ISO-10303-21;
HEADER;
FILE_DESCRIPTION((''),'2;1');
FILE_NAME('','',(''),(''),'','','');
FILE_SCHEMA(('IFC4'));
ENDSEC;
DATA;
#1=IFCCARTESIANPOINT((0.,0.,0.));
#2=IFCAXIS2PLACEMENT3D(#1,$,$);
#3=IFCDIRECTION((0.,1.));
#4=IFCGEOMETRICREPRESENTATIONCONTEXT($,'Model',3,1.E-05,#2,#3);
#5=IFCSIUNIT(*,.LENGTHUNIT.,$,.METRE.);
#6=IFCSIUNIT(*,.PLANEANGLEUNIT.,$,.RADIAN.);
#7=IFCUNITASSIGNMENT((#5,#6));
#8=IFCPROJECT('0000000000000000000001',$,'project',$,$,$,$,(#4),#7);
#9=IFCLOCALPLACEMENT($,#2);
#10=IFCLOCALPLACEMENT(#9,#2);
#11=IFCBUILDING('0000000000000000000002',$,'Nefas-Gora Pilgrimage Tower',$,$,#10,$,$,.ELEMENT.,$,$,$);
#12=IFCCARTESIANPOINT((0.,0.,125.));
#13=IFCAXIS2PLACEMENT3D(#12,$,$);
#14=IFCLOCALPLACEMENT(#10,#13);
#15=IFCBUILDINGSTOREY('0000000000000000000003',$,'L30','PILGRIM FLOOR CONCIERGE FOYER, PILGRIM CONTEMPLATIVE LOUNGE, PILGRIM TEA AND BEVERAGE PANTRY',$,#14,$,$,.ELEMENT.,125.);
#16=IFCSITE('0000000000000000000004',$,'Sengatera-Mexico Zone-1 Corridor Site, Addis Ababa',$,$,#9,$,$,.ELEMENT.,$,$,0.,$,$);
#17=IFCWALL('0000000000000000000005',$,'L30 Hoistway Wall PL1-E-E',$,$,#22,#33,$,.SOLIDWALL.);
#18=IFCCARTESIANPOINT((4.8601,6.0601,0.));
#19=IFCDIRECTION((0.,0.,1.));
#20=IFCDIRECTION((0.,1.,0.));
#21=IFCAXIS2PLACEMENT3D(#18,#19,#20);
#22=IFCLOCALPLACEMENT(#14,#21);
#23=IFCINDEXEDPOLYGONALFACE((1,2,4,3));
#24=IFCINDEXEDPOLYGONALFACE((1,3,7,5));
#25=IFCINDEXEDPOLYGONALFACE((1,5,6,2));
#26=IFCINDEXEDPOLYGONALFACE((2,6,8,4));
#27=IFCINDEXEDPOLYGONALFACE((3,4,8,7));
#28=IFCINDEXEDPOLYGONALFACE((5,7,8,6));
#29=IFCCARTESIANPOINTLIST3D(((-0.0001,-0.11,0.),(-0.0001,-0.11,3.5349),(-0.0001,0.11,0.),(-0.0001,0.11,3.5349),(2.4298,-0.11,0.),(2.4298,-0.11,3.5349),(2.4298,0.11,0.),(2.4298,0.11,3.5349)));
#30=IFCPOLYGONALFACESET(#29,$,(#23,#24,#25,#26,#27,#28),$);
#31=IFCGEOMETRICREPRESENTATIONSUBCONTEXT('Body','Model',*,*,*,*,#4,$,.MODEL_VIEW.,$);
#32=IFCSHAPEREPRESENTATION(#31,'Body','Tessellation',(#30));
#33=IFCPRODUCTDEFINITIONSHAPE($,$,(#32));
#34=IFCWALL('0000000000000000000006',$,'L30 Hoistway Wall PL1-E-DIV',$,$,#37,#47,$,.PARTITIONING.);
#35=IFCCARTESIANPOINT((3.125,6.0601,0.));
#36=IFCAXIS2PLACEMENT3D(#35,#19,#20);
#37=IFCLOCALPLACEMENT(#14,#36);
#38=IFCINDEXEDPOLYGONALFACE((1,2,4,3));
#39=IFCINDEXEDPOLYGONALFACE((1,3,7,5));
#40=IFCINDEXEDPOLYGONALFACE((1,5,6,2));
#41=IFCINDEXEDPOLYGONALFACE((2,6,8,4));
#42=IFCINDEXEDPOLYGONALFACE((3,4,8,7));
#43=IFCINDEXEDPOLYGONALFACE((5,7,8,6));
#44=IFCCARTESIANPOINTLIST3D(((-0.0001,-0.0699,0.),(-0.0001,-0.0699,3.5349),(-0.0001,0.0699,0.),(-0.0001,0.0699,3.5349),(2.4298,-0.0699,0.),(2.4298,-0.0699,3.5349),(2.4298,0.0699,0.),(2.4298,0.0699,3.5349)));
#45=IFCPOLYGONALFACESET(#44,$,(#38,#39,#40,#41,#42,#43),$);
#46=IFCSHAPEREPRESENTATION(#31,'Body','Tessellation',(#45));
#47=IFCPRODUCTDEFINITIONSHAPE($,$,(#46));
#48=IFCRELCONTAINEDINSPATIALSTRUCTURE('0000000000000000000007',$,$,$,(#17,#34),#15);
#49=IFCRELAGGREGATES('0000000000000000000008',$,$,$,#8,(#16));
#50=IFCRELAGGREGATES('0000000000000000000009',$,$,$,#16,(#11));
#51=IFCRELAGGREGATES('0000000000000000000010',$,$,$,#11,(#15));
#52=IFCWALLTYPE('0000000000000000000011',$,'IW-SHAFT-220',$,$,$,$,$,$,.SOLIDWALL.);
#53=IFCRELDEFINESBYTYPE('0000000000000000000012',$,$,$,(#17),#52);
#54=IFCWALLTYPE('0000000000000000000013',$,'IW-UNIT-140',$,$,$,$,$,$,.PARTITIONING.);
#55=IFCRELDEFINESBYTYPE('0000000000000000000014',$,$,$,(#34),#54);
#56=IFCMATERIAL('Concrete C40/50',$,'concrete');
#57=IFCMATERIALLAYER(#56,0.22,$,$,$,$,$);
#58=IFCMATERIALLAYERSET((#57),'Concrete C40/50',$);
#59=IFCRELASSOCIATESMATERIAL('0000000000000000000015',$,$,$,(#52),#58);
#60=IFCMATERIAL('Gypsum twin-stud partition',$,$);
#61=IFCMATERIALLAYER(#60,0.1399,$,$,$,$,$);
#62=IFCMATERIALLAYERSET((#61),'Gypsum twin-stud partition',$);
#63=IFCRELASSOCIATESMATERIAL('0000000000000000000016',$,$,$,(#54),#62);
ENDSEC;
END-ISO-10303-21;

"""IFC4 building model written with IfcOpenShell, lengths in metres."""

from ifc_helpers import new_model, si_unit, direction, frame, frame_2d, origin, place, context, subcontext, project, spatial, rectangle, extrude, source, transform, mapped, material, layer, layer_set, type_object, element, save


model = new_model("IFC4")

# Units and contexts
model_context = context("Model", 3, precision=1e-05, world=origin(), true_north=direction((0.0, 1.0)))
body_context = subcontext(model_context, "Body", "Model", "MODEL_VIEW")
ifc_project = project(units=[si_unit("LENGTHUNIT", "METRE"), si_unit("PLANEANGLEUNIT", "RADIAN")], contexts=[model_context])

# Site, building, storey
site_placement = place(None, origin())
site = spatial("IfcSite", under=ifc_project, at=site_placement, Name="Sengatera-Mexico Zone-1 Corridor Site, Addis Ababa", CompositionType="ELEMENT", RefElevation=0.0)
building_placement = place(site_placement, origin())
building = spatial("IfcBuilding", under=site, at=building_placement, Name="Nefas-Gora Pilgrimage Tower", CompositionType="ELEMENT")
storey_placement = place(building_placement, frame((0.0, 0.0, 125.0)))
storey = spatial("IfcBuildingStorey", under=building, at=storey_placement, Name="L30", Description="PILGRIM FLOOR CONCIERGE FOYER, PILGRIM CONTEMPLATIVE LOUNGE, PILGRIM TEA AND BEVERAGE PANTRY", CompositionType="ELEMENT", Elevation=125.0)

# Shared definitions
ifc_material_1 = material(Name="Concrete C40/50", Category="concrete")
ifc_layer_1 = layer(ifc_material_1, 0.22)
ifc_layer_set_1 = layer_set([ifc_layer_1], Name="Concrete C40/50")
wall_type_1 = type_object("IfcWallType", Name="IW-SHAFT-220", PredefinedType="SOLIDWALL", material=ifc_layer_set_1)

# Walls
shared_shape_1 = source(origin(), body_context, "Body", "SweptSolid", [
    extrude(rectangle(XDim=2.4299, YDim=0.22, at=frame_2d((1.2148, 0.0))), origin(), (0.0, 0.0, 1.0), 3.5349),
])
for number, where, z_axis, x_axis, name in (
    (1, (4.8601, 6.0601, 0.0), (0.0, 0.0, 1.0), (0.0, 1.0, 0.0), "L30 Hoistway Wall PL1-E-E"),
):
    element("IfcWall", number, at=place(storey_placement, frame(where, z_axis=z_axis, x_axis=x_axis)), inside=storey, type_object=wall_type_1, Name=name, PredefinedType="SOLIDWALL", context=body_context, shape_type="MappedRepresentation", body=[
        mapped(shared_shape_1, transform((0.0, 0.0, 0.0), x_axis=(1.0, 0.0, 0.0), y_axis=(0.0, 1.0, 0.0), z_axis=(0.0, 0.0, 1.0), scale=1.0)),
    ])
ifc_material_2 = material(Name="Gypsum twin-stud partition")
ifc_layer_2 = layer(ifc_material_2, 0.1399)
ifc_layer_set_2 = layer_set([ifc_layer_2], Name="Gypsum twin-stud partition")
wall_type_2 = type_object("IfcWallType", Name="IW-UNIT-140", PredefinedType="PARTITIONING", material=ifc_layer_set_2)
shared_shape_2 = source(origin(), body_context, "Body", "SweptSolid", [
    extrude(rectangle(XDim=2.4299, YDim=0.1399, at=frame_2d((1.2148, 0.0))), origin(), (0.0, 0.0, 1.0), 3.5349),
])
wall_1_placement = place(storey_placement, frame((3.125, 6.0601, 0.0), z_axis=(0.0, 0.0, 1.0), x_axis=(0.0, 1.0, 0.0)))
element("IfcWall", 2, at=wall_1_placement, inside=storey, type_object=wall_type_2, Name="L30 Hoistway Wall PL1-E-DIV", PredefinedType="PARTITIONING", context=body_context, shape_type="MappedRepresentation", body=[
    mapped(shared_shape_2, transform((0.0, 0.0, 0.0), x_axis=(1.0, 0.0, 0.0), y_axis=(0.0, 1.0, 0.0), z_axis=(0.0, 0.0, 1.0), scale=1.0)),
])

save(model, "model.ifc")
